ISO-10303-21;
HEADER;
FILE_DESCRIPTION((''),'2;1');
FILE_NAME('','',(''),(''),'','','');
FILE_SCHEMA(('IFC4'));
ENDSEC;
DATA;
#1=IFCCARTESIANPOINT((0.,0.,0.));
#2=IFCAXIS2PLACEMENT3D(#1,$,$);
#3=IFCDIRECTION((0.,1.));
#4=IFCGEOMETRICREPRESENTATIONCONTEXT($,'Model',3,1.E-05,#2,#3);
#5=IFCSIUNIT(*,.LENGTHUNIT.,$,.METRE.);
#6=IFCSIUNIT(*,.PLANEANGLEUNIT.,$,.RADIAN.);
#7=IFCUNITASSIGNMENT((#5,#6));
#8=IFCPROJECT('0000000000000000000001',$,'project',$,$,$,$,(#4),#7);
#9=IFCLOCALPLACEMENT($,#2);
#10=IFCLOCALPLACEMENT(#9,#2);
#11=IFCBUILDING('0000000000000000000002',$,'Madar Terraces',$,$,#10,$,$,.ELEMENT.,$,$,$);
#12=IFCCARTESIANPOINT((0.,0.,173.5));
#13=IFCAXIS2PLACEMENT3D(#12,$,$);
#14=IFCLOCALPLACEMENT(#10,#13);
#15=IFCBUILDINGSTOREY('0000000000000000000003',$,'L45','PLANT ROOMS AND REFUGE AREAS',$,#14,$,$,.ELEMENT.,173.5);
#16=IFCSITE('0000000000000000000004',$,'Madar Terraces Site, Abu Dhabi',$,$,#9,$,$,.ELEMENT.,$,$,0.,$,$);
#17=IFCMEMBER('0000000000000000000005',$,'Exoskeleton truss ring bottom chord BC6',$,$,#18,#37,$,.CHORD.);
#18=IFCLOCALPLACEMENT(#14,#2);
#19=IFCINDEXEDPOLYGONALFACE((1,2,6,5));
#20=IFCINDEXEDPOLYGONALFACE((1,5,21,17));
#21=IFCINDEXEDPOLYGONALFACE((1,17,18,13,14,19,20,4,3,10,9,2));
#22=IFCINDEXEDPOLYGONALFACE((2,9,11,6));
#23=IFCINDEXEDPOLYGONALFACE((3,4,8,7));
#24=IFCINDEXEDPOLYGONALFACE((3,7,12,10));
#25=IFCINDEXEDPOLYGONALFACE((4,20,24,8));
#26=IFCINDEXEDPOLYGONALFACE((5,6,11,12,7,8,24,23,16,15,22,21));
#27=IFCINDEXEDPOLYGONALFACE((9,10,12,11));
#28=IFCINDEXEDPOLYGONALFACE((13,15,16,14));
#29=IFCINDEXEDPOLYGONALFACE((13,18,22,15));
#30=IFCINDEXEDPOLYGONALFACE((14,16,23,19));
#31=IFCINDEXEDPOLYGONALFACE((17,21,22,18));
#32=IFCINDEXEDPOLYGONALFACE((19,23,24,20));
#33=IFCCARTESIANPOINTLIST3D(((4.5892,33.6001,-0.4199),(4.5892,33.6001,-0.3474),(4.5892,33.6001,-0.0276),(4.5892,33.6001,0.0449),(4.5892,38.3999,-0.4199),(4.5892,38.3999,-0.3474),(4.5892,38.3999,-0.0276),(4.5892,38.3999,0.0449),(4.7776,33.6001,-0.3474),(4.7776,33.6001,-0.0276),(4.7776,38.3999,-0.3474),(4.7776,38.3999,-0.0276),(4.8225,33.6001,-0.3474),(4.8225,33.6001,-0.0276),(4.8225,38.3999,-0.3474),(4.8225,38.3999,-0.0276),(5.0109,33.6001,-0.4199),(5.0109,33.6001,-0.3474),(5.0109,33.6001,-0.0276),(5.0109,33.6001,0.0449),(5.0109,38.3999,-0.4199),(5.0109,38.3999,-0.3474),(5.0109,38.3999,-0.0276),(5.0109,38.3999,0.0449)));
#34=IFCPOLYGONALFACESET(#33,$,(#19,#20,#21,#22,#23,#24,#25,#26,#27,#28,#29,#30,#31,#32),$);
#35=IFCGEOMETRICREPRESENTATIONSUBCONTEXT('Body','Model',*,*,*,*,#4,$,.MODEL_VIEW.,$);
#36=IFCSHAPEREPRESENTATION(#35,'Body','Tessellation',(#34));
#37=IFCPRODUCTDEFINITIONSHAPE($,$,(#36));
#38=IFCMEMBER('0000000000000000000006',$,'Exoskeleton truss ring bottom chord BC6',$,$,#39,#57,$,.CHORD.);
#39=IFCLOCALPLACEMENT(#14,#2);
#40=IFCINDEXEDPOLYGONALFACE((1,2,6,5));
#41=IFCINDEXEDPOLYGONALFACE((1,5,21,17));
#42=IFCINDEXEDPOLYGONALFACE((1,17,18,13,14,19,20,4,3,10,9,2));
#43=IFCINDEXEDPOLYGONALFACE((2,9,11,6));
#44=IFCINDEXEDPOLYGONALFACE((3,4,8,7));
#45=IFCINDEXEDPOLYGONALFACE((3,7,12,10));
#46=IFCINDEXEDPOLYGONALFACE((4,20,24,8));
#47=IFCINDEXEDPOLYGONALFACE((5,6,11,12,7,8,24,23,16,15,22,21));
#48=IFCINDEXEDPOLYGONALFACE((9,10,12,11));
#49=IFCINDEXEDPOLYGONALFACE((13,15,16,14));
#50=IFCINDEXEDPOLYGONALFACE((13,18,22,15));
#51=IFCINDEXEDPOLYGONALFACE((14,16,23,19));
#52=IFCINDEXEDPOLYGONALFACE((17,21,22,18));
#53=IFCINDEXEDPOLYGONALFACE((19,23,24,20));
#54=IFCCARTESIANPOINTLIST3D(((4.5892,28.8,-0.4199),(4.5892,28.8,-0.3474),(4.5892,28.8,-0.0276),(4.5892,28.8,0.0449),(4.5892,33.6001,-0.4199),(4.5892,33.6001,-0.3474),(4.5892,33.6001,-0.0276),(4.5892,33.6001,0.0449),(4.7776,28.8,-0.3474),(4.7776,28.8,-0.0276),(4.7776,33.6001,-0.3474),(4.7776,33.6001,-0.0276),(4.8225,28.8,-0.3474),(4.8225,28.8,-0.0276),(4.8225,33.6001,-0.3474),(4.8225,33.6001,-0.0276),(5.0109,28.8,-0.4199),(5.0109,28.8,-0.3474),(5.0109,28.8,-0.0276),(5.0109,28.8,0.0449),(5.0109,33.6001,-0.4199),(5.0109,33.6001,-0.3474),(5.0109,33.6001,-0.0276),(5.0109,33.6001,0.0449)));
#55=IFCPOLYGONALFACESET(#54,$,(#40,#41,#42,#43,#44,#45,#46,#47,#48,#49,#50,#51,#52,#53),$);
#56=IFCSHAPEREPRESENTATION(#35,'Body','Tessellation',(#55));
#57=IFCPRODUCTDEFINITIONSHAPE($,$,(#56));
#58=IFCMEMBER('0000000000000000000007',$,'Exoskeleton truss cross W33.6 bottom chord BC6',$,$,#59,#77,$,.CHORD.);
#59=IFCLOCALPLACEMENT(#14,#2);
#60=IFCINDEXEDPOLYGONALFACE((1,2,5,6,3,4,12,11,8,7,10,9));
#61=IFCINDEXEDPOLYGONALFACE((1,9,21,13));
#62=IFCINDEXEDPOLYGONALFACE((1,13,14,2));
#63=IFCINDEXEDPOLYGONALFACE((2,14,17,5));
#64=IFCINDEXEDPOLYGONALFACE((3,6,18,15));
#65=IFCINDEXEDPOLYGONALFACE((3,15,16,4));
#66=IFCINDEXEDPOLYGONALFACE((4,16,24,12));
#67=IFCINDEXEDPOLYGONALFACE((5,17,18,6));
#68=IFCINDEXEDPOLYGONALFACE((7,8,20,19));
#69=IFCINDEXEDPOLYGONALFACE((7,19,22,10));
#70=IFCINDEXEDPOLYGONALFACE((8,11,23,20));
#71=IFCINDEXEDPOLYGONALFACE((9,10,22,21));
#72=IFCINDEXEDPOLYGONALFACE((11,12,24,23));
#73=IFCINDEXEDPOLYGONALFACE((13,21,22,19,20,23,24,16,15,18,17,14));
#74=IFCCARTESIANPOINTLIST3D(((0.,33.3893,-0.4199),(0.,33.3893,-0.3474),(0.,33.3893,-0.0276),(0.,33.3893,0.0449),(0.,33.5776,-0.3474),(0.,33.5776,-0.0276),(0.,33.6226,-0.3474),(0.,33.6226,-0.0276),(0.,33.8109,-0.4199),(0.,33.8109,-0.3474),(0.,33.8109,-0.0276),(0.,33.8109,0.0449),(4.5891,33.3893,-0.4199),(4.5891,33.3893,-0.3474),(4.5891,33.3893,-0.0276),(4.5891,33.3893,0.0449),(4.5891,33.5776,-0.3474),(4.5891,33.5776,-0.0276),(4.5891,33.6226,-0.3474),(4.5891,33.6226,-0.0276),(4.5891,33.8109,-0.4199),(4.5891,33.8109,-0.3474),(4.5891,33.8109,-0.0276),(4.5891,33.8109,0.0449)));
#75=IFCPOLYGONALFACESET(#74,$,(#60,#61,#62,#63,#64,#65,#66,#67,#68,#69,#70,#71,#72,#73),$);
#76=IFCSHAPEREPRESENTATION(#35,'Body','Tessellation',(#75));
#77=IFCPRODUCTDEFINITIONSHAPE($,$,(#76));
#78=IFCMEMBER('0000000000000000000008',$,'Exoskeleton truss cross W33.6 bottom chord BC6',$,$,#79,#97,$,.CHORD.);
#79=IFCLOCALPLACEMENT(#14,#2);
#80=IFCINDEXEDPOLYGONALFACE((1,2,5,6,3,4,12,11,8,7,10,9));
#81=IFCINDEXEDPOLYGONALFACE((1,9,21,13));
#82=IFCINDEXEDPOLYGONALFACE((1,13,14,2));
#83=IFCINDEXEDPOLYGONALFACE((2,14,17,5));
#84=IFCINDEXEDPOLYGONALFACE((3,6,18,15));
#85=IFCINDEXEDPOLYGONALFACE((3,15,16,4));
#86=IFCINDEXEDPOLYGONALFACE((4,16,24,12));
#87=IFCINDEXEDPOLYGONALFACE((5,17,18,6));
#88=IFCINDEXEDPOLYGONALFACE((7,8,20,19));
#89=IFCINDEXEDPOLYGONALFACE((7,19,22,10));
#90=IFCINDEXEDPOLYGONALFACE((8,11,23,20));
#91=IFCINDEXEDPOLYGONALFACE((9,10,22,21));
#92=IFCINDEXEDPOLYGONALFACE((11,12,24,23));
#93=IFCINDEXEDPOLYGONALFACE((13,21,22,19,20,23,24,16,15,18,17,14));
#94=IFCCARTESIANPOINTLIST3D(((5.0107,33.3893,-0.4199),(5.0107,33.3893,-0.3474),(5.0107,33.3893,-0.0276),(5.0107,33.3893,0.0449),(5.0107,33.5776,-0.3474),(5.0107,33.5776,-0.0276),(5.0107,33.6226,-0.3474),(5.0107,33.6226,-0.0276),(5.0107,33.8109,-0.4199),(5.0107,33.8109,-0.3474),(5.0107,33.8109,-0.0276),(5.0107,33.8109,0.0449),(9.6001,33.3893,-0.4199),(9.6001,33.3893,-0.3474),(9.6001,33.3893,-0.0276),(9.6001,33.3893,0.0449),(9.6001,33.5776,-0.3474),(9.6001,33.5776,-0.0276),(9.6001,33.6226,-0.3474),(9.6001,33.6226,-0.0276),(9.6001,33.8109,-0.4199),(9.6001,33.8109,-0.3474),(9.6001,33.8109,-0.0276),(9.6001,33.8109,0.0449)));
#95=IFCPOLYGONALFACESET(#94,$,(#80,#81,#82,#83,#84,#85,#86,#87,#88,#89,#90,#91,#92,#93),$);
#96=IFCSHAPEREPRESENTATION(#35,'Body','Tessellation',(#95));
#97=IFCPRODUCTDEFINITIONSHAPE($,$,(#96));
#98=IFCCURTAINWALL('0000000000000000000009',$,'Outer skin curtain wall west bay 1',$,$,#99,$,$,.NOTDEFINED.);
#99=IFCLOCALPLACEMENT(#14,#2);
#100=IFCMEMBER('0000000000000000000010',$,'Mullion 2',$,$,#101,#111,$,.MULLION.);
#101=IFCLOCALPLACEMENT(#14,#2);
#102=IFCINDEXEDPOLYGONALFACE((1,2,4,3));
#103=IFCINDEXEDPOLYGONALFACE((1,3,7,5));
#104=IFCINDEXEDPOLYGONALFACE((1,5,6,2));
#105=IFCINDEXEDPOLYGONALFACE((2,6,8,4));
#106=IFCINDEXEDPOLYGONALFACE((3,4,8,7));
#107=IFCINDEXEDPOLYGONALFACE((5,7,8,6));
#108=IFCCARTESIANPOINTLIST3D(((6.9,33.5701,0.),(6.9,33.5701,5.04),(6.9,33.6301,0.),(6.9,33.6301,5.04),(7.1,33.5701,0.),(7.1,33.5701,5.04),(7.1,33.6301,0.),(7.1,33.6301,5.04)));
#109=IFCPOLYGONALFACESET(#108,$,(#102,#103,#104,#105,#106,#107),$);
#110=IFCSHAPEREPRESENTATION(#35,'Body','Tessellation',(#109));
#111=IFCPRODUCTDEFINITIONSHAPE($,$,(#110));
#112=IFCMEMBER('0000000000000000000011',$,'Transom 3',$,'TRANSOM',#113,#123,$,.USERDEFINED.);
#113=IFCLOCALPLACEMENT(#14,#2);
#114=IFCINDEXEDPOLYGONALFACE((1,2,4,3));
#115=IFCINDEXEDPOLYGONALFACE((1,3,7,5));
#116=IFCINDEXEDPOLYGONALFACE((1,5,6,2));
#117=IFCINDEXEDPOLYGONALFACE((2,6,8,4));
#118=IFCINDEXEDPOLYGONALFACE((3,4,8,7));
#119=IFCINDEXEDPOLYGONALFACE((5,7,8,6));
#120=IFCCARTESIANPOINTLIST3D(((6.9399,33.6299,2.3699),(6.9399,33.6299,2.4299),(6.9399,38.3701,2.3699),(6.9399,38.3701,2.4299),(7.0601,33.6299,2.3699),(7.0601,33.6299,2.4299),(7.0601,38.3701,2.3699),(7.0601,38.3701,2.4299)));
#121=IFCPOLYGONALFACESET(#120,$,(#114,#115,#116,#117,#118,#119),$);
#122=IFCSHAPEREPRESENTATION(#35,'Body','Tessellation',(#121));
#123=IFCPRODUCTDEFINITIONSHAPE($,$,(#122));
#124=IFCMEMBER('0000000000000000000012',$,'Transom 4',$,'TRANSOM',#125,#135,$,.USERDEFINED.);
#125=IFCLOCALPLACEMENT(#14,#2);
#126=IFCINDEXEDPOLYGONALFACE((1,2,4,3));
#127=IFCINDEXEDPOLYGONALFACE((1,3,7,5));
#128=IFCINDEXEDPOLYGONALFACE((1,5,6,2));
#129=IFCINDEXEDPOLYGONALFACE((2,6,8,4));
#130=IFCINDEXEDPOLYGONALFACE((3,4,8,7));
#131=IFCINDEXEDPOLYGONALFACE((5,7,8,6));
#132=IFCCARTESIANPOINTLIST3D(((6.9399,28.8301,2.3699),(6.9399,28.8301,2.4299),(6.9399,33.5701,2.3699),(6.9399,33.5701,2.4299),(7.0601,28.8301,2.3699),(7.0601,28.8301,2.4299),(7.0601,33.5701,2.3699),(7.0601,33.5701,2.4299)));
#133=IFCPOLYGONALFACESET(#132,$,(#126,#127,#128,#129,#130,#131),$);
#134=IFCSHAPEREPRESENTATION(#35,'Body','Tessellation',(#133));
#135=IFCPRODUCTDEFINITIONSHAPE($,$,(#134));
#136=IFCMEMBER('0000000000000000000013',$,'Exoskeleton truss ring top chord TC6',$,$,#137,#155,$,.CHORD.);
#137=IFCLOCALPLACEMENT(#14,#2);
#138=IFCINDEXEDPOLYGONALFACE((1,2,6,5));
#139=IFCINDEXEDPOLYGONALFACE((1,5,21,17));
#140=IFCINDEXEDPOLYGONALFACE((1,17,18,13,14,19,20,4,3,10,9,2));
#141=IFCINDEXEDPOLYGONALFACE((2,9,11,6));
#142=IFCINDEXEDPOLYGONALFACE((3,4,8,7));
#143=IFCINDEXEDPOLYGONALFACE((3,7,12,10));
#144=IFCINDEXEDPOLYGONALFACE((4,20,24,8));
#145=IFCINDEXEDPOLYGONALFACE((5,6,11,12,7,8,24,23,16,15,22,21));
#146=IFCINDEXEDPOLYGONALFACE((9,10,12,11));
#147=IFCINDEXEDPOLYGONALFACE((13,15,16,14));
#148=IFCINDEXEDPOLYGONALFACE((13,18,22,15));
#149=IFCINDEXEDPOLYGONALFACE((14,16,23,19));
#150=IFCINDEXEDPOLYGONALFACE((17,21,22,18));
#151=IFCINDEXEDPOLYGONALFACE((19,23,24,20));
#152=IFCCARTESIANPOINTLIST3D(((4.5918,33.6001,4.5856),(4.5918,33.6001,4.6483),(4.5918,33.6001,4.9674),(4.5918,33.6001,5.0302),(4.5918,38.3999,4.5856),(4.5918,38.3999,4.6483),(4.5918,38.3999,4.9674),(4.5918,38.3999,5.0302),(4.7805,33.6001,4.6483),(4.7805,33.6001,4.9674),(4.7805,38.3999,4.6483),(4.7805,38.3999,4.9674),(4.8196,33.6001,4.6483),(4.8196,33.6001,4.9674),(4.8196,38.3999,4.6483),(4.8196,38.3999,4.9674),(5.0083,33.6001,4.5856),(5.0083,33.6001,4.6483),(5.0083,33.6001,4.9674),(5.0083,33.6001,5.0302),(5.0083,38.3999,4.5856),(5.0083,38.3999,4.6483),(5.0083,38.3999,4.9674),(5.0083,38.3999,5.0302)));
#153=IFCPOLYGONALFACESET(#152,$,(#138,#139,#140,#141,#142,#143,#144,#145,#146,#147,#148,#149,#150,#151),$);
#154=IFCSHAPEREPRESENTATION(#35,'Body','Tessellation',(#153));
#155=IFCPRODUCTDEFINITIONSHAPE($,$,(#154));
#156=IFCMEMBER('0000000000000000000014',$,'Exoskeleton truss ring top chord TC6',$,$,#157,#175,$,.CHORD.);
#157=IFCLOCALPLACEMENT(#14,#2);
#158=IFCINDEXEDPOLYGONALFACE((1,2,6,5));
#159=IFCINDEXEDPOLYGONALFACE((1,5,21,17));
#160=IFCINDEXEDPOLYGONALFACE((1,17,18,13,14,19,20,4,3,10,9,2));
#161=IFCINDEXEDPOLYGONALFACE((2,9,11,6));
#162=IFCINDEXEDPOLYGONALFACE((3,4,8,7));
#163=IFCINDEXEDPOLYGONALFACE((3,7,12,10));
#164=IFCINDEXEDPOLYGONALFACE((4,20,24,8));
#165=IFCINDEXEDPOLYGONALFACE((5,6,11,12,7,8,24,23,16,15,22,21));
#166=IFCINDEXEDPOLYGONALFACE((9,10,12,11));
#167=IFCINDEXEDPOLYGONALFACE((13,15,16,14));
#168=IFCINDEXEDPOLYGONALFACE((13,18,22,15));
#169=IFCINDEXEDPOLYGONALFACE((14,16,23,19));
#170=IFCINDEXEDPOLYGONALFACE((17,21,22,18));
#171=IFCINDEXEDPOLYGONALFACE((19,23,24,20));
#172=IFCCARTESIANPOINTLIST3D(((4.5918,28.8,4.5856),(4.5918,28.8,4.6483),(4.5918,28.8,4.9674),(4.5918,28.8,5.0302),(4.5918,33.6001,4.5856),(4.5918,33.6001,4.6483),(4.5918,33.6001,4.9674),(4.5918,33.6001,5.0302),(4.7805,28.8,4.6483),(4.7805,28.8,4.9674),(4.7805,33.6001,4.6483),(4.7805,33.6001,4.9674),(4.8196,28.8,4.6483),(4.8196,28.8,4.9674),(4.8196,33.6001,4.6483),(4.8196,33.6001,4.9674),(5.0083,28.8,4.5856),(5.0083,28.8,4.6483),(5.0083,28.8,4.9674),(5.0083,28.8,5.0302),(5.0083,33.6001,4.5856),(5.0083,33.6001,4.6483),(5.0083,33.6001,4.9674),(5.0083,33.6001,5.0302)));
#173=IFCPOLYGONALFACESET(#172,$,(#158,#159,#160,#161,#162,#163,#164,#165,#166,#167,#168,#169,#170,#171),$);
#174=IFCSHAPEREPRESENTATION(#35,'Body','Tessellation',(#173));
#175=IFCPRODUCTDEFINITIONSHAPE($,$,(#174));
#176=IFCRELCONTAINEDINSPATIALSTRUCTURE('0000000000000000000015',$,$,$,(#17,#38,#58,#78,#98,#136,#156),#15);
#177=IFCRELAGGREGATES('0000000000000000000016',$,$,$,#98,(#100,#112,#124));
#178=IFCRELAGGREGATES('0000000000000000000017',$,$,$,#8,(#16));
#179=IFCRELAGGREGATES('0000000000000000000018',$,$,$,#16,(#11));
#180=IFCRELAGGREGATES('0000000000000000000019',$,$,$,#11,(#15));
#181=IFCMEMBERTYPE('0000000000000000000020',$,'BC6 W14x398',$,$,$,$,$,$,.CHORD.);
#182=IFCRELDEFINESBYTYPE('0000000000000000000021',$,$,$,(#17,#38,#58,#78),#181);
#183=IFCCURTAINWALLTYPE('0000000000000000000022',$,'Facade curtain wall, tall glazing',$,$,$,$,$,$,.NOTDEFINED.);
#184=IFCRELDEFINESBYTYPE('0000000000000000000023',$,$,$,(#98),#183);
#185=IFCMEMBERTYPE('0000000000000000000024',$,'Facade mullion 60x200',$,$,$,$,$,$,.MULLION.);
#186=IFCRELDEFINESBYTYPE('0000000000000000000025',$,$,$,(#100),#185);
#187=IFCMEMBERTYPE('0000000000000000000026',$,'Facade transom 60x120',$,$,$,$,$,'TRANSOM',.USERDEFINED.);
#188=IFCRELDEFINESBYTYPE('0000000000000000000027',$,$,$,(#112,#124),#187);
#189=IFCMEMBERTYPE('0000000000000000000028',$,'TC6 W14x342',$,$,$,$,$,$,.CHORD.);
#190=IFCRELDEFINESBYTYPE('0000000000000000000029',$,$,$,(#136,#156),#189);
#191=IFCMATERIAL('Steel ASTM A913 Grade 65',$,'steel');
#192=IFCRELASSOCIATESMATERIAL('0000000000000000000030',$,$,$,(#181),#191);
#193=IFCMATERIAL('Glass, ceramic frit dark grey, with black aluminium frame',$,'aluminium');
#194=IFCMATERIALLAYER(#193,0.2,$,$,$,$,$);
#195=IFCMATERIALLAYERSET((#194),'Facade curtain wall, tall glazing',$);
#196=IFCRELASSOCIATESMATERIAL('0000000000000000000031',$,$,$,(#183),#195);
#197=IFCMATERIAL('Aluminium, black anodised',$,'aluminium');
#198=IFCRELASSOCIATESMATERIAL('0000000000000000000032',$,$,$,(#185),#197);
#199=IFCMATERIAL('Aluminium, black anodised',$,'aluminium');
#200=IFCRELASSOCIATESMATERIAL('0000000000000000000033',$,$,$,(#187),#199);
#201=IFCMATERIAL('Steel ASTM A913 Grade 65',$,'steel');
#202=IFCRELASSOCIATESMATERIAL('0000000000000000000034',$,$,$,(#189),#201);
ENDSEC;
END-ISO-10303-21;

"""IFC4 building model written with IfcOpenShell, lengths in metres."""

from ifc_helpers import new_model, si_unit, direction, frame, origin, origin_2d, place, context, subcontext, project, spatial, rectangle, i_section, extrude, material, layer, layer_set, material_profile, profile_set, type_object, element, aggregate, save


model = new_model("IFC4")

# Units and contexts
model_context = context("Model", 3, precision=1e-05, world=origin(), true_north=direction((0.0, 1.0)))
body_context = subcontext(model_context, "Body", "Model", "MODEL_VIEW")
ifc_project = project(units=[si_unit("LENGTHUNIT", "METRE"), si_unit("PLANEANGLEUNIT", "RADIAN")], contexts=[model_context])

# Site, building, storey
site_placement = place(None, origin())
site = spatial("IfcSite", under=ifc_project, at=site_placement, Name="Madar Terraces Site, Abu Dhabi", CompositionType="ELEMENT", RefElevation=0.0)
building_placement = place(site_placement, origin())
building = spatial("IfcBuilding", under=site, at=building_placement, Name="Madar Terraces", CompositionType="ELEMENT")
storey_placement = place(building_placement, frame((0.0, 0.0, 173.5)))
storey = spatial("IfcBuildingStorey", under=building, at=storey_placement, Name="L45", Description="PLANT ROOMS AND REFUGE AREAS", CompositionType="ELEMENT", Elevation=173.5)

# Members
ifc_material_1 = material(Name="Steel ASTM A913 Grade 65", Category="steel")
ifc_material_profile_1 = material_profile(ifc_material_1, i_section(OverallWidth=0.4216, OverallDepth=0.4648, WebThickness=0.0449, FlangeThickness=0.0725, at=origin_2d()), Name="W14x398")
ifc_profile_set_1 = profile_set([ifc_material_profile_1], Name="Steel ASTM A913 Grade 65")
member_type_1 = type_object("IfcMemberType", Name="BC6 W14x398", PredefinedType="CHORD", material=ifc_profile_set_1)
member_1_placement = place(storey_placement, frame((4.8, 38.3999, -0.1875), z_axis=(0.0, -1.0, 0.0), x_axis=(1.0, 0.0, 0.0)))
element("IfcMember", 1, at=member_1_placement, inside=storey, type_object=member_type_1, Name="Exoskeleton truss ring bottom chord BC6", PredefinedType="CHORD", context=body_context, shape_type="SweptSolid", body=[
    extrude(i_section(OverallWidth=0.4216, OverallDepth=0.4648, WebThickness=0.0449, FlangeThickness=0.0725, at=origin_2d()), origin(), (0.0, 0.0, 1.0), 4.7998),
])
member_2_placement = place(storey_placement, frame((4.8, 33.6001, -0.1875), z_axis=(0.0, -1.0, 0.0), x_axis=(1.0, 0.0, 0.0)))
element("IfcMember", 2, at=member_2_placement, inside=storey, type_object=member_type_1, Name="Exoskeleton truss ring bottom chord BC6", PredefinedType="CHORD", context=body_context, shape_type="SweptSolid", body=[
    extrude(i_section(OverallWidth=0.4216, OverallDepth=0.4648, WebThickness=0.0449, FlangeThickness=0.0725, at=origin_2d()), origin(), (0.0, 0.0, 1.0), 4.8),
])
member_3_placement = place(storey_placement, frame((0.0, 33.6001, -0.1875), z_axis=(1.0, 0.0, 0.0), x_axis=(0.0, 1.0, 0.0)))
element("IfcMember", 3, at=member_3_placement, inside=storey, type_object=member_type_1, Name="Exoskeleton truss cross W33.6 bottom chord BC6", PredefinedType="CHORD", context=body_context, shape_type="SweptSolid", body=[
    extrude(i_section(OverallWidth=0.4216, OverallDepth=0.4648, WebThickness=0.0449, FlangeThickness=0.0725, at=origin_2d()), origin(), (0.0, 0.0, 1.0), 4.5891),
])
member_4_placement = place(storey_placement, frame((5.0107, 33.6001, -0.1875), z_axis=(1.0, 0.0, 0.0), x_axis=(0.0, 1.0, 0.0)))
element("IfcMember", 4, at=member_4_placement, inside=storey, type_object=member_type_1, Name="Exoskeleton truss cross W33.6 bottom chord BC6", PredefinedType="CHORD", context=body_context, shape_type="SweptSolid", body=[
    extrude(i_section(OverallWidth=0.4216, OverallDepth=0.4648, WebThickness=0.0449, FlangeThickness=0.0725, at=origin_2d()), origin(), (0.0, 0.0, 1.0), 4.5894),
])

# Curtain wall, members
ifc_material_2 = material(Name="Glass, ceramic frit dark grey, with black aluminium frame", Category="aluminium")
ifc_layer_1 = layer(ifc_material_2, 0.2)
ifc_layer_set_1 = layer_set([ifc_layer_1], Name="Facade curtain wall, tall glazing")
curtain_wall_type = type_object("IfcCurtainWallType", Name="Facade curtain wall, tall glazing", PredefinedType="NOTDEFINED", material=ifc_layer_set_1)
curtain_wall_placement = place(storey_placement, origin())
curtain_wall = element("IfcCurtainWall", 5, at=curtain_wall_placement, inside=storey, type_object=curtain_wall_type, Name="Outer skin curtain wall west bay 1", PredefinedType="NOTDEFINED")
ifc_material_3 = material(Name="Aluminium, black anodised", Category="aluminium")
ifc_material_profile_2 = material_profile(ifc_material_3, rectangle(XDim=0.2, YDim=0.0601, at=origin_2d()), Name="Facade mullion 60x200")
ifc_profile_set_2 = profile_set([ifc_material_profile_2], Name="Aluminium, black anodised")
member_type_2 = type_object("IfcMemberType", Name="Facade mullion 60x200", PredefinedType="MULLION", material=ifc_profile_set_2)
member_5_placement = place(storey_placement, frame((7.0, 33.6001, 0.0), z_axis=(0.0, 0.0, 1.0), x_axis=(1.0, 0.0, 0.0)))
member_5 = element("IfcMember", 6, at=member_5_placement, type_object=member_type_2, Name="Mullion 2", PredefinedType="MULLION", context=body_context, shape_type="SweptSolid", body=[
    extrude(rectangle(XDim=0.2, YDim=0.0601, at=origin_2d()), origin(), (0.0, 0.0, 1.0), 5.04),
])
ifc_material_4 = material(Name="Aluminium, black anodised", Category="aluminium")
ifc_material_profile_3 = material_profile(ifc_material_4, rectangle(XDim=0.1201, YDim=0.0601, at=origin_2d()), Name="Facade transom 60x120")
ifc_profile_set_3 = profile_set([ifc_material_profile_3], Name="Aluminium, black anodised")
member_type_3 = type_object("IfcMemberType", Name="Facade transom 60x120", ElementType="TRANSOM", PredefinedType="USERDEFINED", material=ifc_profile_set_3)
member_6_placement = place(storey_placement, frame((7.0, 38.3701, 2.3999), z_axis=(0.0, -1.0, 0.0), x_axis=(1.0, 0.0, 0.0)))
member_6 = element("IfcMember", 7, at=member_6_placement, type_object=member_type_3, Name="Transom 3", ObjectType="TRANSOM", PredefinedType="USERDEFINED", context=body_context, shape_type="SweptSolid", body=[
    extrude(rectangle(XDim=0.1201, YDim=0.0601, at=origin_2d()), origin(), (0.0, 0.0, 1.0), 4.7402),
])
member_7_placement = place(storey_placement, frame((7.0, 33.5701, 2.3999), z_axis=(0.0, -1.0, 0.0), x_axis=(1.0, 0.0, 0.0)))
member_7 = element("IfcMember", 8, at=member_7_placement, type_object=member_type_3, Name="Transom 4", ObjectType="TRANSOM", PredefinedType="USERDEFINED", context=body_context, shape_type="SweptSolid", body=[
    extrude(rectangle(XDim=0.1201, YDim=0.0601, at=origin_2d()), origin(), (0.0, 0.0, 1.0), 4.74),
])

# Members
ifc_material_5 = material(Name="Steel ASTM A913 Grade 65", Category="steel")
ifc_material_profile_4 = material_profile(ifc_material_5, i_section(OverallWidth=0.4165, OverallDepth=0.4446, WebThickness=0.0391, FlangeThickness=0.0627, at=origin_2d()), Name="W14x342")
ifc_profile_set_4 = profile_set([ifc_material_profile_4], Name="Steel ASTM A913 Grade 65")
member_type_4 = type_object("IfcMemberType", Name="TC6 W14x342", PredefinedType="CHORD", material=ifc_profile_set_4)
member_8_placement = place(storey_placement, frame((4.8, 38.3999, 4.8079), z_axis=(0.0, -1.0, 0.0), x_axis=(1.0, 0.0, 0.0)))
element("IfcMember", 9, at=member_8_placement, inside=storey, type_object=member_type_4, Name="Exoskeleton truss ring top chord TC6", PredefinedType="CHORD", context=body_context, shape_type="SweptSolid", body=[
    extrude(i_section(OverallWidth=0.4165, OverallDepth=0.4446, WebThickness=0.0391, FlangeThickness=0.0627, at=origin_2d()), origin(), (0.0, 0.0, 1.0), 4.7998),
])
member_9_placement = place(storey_placement, frame((4.8, 33.6001, 4.8079), z_axis=(0.0, -1.0, 0.0), x_axis=(1.0, 0.0, 0.0)))
element("IfcMember", 10, at=member_9_placement, inside=storey, type_object=member_type_4, Name="Exoskeleton truss ring top chord TC6", PredefinedType="CHORD", context=body_context, shape_type="SweptSolid", body=[
    extrude(i_section(OverallWidth=0.4165, OverallDepth=0.4446, WebThickness=0.0391, FlangeThickness=0.0627, at=origin_2d()), origin(), (0.0, 0.0, 1.0), 4.8),
])

aggregate(curtain_wall, [member_5, member_6, member_7])

save(model, "model.ifc")
